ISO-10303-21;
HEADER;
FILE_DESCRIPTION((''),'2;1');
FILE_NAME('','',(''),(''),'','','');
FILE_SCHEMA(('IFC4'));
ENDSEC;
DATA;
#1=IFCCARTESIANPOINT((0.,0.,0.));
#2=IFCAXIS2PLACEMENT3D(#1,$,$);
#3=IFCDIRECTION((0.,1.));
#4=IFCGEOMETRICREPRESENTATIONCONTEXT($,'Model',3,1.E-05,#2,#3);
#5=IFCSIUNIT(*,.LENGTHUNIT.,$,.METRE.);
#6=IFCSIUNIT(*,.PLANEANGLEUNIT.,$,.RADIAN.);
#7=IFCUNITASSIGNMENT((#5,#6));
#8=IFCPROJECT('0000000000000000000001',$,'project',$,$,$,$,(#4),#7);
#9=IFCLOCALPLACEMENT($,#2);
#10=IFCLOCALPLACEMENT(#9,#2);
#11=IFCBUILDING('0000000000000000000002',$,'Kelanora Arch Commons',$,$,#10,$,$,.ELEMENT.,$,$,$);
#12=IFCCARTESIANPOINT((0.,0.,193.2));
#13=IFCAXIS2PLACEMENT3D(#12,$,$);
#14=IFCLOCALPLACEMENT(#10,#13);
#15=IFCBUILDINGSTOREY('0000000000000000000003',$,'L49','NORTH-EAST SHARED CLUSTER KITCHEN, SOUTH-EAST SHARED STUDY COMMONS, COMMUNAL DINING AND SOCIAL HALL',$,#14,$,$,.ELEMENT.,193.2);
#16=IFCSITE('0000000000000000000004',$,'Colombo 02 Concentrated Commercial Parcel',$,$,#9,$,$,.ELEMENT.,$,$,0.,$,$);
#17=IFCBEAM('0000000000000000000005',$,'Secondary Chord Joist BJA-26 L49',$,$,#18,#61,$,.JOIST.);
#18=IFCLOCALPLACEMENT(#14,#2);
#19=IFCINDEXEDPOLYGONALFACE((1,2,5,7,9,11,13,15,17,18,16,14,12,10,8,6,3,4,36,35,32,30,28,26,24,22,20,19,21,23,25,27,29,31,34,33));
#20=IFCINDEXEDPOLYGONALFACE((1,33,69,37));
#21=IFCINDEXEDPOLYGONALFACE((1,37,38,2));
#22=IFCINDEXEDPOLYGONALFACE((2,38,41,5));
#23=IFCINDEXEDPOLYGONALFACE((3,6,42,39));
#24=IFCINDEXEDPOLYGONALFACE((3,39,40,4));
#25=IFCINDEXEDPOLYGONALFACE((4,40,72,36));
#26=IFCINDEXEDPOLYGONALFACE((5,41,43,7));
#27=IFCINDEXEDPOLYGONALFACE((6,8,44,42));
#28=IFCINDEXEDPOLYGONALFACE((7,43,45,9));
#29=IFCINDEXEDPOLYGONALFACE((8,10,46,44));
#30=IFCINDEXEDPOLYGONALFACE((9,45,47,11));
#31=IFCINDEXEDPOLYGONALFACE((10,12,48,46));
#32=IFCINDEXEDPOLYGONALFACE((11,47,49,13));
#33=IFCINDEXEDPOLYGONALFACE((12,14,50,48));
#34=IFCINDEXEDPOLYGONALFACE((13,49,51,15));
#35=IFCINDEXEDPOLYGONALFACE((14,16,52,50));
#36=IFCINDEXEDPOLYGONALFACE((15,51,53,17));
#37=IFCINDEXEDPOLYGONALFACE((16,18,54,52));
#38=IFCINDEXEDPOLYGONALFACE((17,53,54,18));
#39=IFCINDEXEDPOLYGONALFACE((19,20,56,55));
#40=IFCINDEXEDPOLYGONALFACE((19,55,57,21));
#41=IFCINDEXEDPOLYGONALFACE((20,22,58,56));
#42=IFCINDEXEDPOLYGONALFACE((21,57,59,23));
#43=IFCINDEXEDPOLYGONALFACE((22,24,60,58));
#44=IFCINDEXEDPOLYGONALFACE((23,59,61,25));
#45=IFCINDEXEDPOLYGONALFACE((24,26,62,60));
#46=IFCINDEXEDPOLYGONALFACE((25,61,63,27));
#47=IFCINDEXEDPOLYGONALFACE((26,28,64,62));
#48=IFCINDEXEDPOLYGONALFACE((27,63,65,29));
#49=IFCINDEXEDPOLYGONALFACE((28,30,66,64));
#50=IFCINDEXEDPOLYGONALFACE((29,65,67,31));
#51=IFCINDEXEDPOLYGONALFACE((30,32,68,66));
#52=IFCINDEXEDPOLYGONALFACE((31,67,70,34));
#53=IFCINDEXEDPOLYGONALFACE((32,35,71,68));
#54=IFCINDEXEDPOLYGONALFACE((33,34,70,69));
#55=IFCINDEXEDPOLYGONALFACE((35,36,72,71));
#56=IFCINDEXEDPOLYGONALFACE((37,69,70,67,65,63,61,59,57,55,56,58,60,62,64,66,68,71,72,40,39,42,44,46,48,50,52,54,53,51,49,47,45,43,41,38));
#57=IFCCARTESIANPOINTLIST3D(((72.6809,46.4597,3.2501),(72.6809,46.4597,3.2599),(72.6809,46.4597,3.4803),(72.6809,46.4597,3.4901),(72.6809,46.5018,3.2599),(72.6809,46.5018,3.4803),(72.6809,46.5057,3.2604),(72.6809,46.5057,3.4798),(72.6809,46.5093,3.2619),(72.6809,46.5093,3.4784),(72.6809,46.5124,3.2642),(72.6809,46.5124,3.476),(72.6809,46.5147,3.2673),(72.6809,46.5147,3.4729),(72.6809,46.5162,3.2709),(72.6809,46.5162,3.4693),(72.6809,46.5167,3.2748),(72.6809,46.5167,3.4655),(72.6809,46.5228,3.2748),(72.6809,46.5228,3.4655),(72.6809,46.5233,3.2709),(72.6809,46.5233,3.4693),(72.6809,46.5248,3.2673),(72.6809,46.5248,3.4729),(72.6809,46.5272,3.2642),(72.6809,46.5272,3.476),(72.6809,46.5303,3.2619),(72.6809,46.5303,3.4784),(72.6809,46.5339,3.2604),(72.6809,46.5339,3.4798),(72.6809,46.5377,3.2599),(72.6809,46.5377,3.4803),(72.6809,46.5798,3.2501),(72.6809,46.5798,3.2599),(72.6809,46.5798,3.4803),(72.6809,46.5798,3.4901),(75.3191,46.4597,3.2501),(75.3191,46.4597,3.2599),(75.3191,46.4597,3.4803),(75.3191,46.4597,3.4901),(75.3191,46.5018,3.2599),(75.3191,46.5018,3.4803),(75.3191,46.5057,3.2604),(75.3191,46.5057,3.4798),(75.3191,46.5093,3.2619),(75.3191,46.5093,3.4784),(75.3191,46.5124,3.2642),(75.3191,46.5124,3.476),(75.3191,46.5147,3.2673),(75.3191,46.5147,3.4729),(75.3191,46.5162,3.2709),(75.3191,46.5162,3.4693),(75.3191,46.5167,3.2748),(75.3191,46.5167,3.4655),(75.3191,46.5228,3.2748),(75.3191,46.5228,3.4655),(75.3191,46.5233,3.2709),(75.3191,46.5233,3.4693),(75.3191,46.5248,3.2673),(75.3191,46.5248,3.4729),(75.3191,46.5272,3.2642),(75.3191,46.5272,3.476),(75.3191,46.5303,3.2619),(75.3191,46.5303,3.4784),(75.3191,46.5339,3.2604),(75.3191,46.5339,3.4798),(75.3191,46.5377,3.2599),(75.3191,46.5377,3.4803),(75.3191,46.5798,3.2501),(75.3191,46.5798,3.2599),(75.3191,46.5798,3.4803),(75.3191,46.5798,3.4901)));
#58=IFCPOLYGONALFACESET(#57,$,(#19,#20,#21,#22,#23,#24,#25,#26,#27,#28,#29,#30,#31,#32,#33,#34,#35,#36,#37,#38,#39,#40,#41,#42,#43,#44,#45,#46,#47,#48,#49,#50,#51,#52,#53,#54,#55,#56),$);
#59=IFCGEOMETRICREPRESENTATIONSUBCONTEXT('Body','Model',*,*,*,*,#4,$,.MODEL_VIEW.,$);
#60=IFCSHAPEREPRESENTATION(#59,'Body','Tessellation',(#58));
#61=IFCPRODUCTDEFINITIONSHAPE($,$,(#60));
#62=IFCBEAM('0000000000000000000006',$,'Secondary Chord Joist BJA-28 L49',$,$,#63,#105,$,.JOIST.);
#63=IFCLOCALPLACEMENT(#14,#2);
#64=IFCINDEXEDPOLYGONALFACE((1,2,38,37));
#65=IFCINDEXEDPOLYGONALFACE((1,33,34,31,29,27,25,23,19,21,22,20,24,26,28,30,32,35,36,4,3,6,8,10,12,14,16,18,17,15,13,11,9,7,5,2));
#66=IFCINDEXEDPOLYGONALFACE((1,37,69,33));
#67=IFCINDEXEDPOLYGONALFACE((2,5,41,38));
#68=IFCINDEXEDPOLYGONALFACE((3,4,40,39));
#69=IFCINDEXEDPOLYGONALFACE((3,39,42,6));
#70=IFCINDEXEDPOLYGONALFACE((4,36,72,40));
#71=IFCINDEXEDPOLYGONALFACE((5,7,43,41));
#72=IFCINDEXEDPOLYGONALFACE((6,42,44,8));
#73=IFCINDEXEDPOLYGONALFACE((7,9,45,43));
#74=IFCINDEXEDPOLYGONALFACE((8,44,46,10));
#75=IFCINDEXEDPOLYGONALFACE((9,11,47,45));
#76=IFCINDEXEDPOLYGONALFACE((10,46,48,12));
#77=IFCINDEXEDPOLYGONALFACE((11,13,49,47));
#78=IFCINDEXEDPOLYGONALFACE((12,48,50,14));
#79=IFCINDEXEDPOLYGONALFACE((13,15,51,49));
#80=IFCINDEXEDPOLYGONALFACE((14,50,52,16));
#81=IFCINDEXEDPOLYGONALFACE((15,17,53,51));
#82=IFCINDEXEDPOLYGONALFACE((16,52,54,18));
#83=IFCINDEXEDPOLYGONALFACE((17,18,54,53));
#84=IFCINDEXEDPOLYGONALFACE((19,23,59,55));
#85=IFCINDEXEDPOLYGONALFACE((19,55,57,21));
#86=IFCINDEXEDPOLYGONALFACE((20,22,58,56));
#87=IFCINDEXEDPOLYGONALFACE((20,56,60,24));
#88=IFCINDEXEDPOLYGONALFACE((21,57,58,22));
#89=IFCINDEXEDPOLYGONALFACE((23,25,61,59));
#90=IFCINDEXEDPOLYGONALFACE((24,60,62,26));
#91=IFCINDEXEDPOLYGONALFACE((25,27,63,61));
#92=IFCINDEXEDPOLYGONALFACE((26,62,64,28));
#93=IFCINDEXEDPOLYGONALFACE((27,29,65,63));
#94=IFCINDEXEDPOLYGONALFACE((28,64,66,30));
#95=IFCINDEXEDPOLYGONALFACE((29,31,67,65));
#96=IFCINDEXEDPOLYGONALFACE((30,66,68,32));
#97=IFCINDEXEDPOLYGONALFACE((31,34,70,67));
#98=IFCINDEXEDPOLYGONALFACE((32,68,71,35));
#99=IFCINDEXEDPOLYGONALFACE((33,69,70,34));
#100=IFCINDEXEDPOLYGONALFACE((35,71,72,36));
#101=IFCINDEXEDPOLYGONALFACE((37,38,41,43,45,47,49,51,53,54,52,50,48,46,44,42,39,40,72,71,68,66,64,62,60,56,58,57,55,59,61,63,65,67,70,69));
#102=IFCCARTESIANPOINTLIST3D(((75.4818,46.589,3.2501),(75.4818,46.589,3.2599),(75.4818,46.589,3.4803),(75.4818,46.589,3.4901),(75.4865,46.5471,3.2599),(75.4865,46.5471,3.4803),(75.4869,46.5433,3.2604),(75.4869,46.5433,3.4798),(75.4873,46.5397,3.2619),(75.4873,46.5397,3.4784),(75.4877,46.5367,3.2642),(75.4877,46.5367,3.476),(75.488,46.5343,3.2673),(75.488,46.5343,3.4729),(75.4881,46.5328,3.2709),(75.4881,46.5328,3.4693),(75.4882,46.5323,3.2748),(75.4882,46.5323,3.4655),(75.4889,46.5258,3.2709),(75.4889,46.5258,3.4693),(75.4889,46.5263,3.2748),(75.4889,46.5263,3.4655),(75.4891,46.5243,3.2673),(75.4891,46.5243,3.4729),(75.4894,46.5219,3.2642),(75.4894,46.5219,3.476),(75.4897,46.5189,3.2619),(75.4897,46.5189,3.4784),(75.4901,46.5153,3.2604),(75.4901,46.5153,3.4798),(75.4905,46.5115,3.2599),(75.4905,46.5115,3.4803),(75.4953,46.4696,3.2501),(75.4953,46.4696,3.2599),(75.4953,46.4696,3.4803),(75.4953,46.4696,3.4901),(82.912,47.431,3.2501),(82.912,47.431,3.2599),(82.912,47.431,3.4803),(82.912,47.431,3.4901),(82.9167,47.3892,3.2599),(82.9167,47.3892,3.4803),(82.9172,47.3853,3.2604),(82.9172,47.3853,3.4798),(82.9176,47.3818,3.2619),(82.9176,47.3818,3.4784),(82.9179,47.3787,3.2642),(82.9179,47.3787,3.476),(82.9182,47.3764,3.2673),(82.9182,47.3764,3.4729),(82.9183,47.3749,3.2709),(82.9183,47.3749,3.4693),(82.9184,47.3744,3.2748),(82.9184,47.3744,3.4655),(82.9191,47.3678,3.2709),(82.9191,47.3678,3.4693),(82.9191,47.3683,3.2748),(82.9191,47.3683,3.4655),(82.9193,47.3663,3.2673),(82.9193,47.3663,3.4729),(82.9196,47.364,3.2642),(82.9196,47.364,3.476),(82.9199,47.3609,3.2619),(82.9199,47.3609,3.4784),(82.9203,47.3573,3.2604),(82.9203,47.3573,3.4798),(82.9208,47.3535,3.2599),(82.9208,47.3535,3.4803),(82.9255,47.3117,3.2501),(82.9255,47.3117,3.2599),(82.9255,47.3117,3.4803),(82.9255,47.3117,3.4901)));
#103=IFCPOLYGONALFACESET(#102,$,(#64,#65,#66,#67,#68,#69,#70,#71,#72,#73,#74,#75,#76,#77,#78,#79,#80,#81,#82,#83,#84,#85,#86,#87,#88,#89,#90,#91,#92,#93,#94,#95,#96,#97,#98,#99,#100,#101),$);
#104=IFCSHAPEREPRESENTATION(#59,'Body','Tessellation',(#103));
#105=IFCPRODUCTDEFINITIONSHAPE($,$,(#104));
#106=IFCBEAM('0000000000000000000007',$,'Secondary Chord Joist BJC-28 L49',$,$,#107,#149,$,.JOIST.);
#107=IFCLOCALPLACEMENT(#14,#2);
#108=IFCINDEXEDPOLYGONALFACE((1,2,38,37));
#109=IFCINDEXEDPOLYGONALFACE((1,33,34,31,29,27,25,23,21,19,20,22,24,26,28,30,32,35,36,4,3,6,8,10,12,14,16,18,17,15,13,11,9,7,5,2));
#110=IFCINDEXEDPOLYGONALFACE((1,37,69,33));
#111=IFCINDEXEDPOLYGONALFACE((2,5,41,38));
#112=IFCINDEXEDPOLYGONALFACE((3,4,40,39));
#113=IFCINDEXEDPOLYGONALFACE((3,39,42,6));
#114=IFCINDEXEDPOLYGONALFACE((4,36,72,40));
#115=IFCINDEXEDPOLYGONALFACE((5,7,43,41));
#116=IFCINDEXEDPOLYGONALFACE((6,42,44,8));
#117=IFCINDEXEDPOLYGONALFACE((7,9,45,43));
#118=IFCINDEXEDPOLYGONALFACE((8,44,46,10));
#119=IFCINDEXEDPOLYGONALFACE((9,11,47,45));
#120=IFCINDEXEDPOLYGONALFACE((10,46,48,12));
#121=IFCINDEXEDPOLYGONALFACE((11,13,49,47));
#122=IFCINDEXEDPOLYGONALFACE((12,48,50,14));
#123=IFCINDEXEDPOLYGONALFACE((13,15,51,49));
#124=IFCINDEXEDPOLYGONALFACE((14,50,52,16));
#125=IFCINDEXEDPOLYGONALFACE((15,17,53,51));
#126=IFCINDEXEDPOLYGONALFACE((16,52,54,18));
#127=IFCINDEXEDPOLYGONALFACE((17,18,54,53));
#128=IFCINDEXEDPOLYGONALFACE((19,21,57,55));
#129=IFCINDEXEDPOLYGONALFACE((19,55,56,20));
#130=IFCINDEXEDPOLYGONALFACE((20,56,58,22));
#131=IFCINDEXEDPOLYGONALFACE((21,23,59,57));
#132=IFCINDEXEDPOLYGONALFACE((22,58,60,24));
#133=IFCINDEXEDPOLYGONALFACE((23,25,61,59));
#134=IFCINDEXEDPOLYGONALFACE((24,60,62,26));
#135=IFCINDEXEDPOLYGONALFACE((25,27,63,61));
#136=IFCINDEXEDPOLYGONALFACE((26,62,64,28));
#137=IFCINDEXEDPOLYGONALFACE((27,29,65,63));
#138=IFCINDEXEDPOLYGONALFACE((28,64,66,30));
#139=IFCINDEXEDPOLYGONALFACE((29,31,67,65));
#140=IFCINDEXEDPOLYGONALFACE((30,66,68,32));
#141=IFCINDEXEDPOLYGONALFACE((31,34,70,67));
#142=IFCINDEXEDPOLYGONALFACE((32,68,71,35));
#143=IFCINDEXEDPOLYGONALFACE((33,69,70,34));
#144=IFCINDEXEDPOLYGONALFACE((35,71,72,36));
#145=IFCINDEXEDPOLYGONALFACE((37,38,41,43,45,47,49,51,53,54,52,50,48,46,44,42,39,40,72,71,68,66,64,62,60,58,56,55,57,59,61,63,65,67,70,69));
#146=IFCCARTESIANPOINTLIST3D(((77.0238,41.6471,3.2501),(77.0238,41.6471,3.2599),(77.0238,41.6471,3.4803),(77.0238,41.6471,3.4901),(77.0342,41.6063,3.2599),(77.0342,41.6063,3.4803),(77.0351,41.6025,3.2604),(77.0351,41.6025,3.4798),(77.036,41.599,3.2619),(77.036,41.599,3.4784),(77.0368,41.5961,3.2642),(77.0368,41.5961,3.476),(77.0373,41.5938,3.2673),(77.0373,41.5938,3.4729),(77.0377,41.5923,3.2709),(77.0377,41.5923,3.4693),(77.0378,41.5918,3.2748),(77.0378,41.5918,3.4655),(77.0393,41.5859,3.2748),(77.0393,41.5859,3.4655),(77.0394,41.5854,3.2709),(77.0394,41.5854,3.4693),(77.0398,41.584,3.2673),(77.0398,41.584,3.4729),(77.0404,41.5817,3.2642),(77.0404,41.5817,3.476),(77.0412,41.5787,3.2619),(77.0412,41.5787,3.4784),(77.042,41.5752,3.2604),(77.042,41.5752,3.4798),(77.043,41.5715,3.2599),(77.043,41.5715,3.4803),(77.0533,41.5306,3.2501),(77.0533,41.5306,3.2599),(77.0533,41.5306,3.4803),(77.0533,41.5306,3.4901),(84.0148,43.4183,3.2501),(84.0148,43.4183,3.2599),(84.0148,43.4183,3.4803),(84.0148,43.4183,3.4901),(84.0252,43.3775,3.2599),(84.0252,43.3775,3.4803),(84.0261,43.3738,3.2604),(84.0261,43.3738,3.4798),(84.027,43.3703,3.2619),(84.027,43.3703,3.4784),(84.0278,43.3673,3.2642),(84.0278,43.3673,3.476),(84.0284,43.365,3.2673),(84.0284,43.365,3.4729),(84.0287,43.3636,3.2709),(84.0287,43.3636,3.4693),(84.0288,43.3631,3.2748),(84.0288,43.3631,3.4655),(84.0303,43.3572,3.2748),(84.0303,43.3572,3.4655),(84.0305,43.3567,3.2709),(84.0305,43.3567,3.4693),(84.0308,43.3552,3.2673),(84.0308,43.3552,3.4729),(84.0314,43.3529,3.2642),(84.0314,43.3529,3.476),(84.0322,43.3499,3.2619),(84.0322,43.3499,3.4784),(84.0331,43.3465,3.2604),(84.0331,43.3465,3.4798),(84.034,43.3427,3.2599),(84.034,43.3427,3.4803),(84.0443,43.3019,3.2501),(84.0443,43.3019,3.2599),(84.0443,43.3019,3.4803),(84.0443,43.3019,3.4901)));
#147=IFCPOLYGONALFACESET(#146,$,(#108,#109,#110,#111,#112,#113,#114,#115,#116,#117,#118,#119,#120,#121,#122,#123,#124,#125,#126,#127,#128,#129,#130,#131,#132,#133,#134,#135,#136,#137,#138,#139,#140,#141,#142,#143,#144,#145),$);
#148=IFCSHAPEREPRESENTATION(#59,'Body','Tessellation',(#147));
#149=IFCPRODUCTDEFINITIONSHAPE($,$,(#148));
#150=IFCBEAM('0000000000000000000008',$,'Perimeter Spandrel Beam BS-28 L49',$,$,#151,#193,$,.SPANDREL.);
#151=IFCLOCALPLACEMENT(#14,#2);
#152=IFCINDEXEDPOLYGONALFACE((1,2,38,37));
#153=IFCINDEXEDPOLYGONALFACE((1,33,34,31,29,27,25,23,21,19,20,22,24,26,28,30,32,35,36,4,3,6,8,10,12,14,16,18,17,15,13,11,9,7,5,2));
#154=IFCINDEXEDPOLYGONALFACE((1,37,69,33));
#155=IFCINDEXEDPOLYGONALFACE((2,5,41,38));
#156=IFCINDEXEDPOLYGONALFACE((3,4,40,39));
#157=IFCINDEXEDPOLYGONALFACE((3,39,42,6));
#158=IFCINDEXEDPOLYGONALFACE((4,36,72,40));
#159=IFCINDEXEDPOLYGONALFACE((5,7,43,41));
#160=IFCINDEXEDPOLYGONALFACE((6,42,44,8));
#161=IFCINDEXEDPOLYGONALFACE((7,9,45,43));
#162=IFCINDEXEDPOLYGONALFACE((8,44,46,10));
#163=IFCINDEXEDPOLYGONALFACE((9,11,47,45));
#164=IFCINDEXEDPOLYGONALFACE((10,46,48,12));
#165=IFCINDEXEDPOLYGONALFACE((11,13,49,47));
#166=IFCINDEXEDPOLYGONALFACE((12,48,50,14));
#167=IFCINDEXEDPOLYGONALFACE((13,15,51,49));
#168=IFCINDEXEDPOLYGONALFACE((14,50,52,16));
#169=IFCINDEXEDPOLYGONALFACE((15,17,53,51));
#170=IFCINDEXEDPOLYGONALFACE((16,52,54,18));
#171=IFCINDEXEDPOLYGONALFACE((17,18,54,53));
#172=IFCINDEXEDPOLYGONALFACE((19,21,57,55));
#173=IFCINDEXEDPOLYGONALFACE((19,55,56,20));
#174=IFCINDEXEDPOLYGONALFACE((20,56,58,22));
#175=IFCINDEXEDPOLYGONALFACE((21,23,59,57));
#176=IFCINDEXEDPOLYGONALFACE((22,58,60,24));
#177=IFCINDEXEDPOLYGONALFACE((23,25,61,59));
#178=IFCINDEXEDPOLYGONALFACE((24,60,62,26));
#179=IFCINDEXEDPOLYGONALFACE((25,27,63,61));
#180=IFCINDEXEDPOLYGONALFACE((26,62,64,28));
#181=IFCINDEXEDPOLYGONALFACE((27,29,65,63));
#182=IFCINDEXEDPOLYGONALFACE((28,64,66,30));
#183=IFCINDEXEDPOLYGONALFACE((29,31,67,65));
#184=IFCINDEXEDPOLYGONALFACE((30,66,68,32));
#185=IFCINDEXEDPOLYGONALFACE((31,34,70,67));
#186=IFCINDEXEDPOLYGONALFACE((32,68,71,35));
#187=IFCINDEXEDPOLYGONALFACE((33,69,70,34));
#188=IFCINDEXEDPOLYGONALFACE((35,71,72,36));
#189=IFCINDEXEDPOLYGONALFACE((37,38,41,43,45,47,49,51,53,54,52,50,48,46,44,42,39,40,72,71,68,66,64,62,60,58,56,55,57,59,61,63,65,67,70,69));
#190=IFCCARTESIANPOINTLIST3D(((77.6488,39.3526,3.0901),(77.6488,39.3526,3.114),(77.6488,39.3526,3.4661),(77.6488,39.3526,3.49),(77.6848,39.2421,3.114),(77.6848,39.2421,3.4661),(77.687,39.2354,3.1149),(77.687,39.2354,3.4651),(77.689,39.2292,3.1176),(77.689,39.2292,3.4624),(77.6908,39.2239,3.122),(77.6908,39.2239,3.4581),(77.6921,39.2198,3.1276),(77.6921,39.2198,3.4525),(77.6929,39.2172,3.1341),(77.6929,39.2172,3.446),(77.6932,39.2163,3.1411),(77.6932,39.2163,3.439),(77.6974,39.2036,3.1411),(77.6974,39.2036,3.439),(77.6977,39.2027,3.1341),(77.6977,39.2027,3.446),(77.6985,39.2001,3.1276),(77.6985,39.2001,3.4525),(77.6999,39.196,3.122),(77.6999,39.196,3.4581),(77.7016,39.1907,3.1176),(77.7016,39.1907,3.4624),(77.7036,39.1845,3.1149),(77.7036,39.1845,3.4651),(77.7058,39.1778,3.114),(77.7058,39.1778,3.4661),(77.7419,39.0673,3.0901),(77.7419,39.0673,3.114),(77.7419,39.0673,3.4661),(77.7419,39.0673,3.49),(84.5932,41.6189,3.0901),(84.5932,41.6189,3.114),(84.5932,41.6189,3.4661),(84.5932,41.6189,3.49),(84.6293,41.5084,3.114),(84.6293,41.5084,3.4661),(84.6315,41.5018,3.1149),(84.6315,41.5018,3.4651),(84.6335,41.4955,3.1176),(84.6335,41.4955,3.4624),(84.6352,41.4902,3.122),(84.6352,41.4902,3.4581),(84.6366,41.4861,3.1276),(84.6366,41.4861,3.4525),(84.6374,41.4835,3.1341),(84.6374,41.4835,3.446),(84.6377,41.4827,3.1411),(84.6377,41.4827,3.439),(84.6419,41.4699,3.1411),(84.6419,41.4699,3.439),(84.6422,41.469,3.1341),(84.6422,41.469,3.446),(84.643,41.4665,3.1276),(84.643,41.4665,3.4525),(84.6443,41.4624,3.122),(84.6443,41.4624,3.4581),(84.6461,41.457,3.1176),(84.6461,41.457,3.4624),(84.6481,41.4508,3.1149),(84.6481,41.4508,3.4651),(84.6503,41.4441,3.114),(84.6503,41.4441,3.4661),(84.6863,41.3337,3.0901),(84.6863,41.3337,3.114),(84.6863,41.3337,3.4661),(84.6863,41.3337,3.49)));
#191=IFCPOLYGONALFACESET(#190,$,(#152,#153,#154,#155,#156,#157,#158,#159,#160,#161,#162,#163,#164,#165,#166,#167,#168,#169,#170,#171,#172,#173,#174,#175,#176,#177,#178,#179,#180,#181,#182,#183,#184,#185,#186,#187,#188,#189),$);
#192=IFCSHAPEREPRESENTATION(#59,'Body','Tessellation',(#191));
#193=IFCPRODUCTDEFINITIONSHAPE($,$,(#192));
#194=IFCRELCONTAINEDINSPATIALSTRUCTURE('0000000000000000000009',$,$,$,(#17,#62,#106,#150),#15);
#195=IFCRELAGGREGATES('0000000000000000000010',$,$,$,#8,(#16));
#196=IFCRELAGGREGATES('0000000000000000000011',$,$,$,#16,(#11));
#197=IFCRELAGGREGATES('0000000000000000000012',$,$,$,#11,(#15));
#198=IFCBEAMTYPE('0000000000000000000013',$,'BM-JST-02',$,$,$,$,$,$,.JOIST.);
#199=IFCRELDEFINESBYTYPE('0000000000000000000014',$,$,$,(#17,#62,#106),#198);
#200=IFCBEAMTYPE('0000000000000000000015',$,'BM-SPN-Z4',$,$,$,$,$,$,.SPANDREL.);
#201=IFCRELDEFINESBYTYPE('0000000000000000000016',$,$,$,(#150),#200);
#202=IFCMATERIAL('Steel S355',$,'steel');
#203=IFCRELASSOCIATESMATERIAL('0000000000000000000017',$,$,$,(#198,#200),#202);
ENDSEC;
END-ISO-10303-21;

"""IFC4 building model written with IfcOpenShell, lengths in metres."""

from ifc_helpers import new_model, si_unit, direction, frame, origin, origin_2d, place, context, subcontext, project, spatial, i_section, extrude, material, material_profile, profile_set, type_object, element, save


model = new_model("IFC4")

# Units and contexts
model_context = context("Model", 3, precision=1e-05, world=origin(), true_north=direction((0.0, 1.0)))
body_context = subcontext(model_context, "Body", "Model", "MODEL_VIEW")
ifc_project = project(units=[si_unit("LENGTHUNIT", "METRE"), si_unit("PLANEANGLEUNIT", "RADIAN")], contexts=[model_context])

# Site, building, storey
site_placement = place(None, origin())
site = spatial("IfcSite", under=ifc_project, at=site_placement, Name="Colombo 02 Concentrated Commercial Parcel", CompositionType="ELEMENT", RefElevation=0.0)
building_placement = place(site_placement, origin())
building = spatial("IfcBuilding", under=site, at=building_placement, Name="Kelanora Arch Commons", CompositionType="ELEMENT")
storey_placement = place(building_placement, frame((0.0, 0.0, 193.2)))
storey = spatial("IfcBuildingStorey", under=building, at=storey_placement, Name="L49", Description="NORTH-EAST SHARED CLUSTER KITCHEN, SOUTH-EAST SHARED STUDY COMMONS, COMMUNAL DINING AND SOCIAL HALL", CompositionType="ELEMENT", Elevation=193.2)

# Beams
ifc_material_1 = material(Name="Steel S355", Category="steel")
ifc_material_profile_1 = material_profile(ifc_material_1, i_section(OverallWidth=0.1201, OverallDepth=0.24, WebThickness=0.0061, FlangeThickness=0.0098, FilletRadius=0.0149, at=origin_2d()), Name="IPE240")
ifc_profile_set_1 = profile_set([ifc_material_profile_1], Name="Steel S355")
beam_type_1 = type_object("IfcBeamType", Name="BM-JST-02", PredefinedType="JOIST", material=ifc_profile_set_1)
beam_1_placement = place(storey_placement, frame((72.6809, 46.5198, 3.3701), z_axis=(1.0, 0.0, 0.0), x_axis=(0.0, 1.0, 0.0)))
element("IfcBeam", 1, at=beam_1_placement, inside=storey, type_object=beam_type_1, Name="Secondary Chord Joist BJA-26 L49", PredefinedType="JOIST", context=body_context, shape_type="SweptSolid", body=[
    extrude(i_section(OverallWidth=0.1201, OverallDepth=0.24, WebThickness=0.0061, FlangeThickness=0.0098, FilletRadius=0.0149, at=origin_2d()), origin(), (0.0, 0.0, 1.0), 2.6382),
])
beam_2_placement = place(storey_placement, frame((75.4885, 46.5293, 3.3701), z_axis=(0.99364, 0.112606, 0.0), x_axis=(-0.112606, 0.99364, 0.0)))
element("IfcBeam", 2, at=beam_2_placement, inside=storey, type_object=beam_type_1, Name="Secondary Chord Joist BJA-28 L49", PredefinedType="JOIST", context=body_context, shape_type="SweptSolid", body=[
    extrude(i_section(OverallWidth=0.1201, OverallDepth=0.24, WebThickness=0.0061, FlangeThickness=0.0098, FilletRadius=0.0149, at=origin_2d()), origin(), (0.0, 0.0, 1.0), 7.4778),
])
beam_3_placement = place(storey_placement, frame((77.0386, 41.5889, 3.3701), z_axis=(0.969371, 0.245601, 0.0), x_axis=(-0.245601, 0.969371, 0.0)))
element("IfcBeam", 3, at=beam_3_placement, inside=storey, type_object=beam_type_1, Name="Secondary Chord Joist BJC-28 L49", PredefinedType="JOIST", context=body_context, shape_type="SweptSolid", body=[
    extrude(i_section(OverallWidth=0.1201, OverallDepth=0.24, WebThickness=0.0061, FlangeThickness=0.0098, FilletRadius=0.0149, at=origin_2d()), origin(), (0.0, 0.0, 1.0), 7.2119),
])
ifc_material_profile_2 = material_profile(ifc_material_1, i_section(OverallWidth=0.3, OverallDepth=0.3999, WebThickness=0.0134, FlangeThickness=0.0239, FilletRadius=0.0271, at=origin_2d()), Name="HEB400")
ifc_profile_set_2 = profile_set([ifc_material_profile_2], Name="Steel S355")
beam_type_2 = type_object("IfcBeamType", Name="BM-SPN-Z4", PredefinedType="SPANDREL", material=ifc_profile_set_2)
beam_4_placement = place(storey_placement, frame((77.6953, 39.21, 3.29), z_axis=(0.950656, 0.310246, 0.0), x_axis=(-0.310246, 0.950656, 0.0)))
element("IfcBeam", 4, at=beam_4_placement, inside=storey, type_object=beam_type_2, Name="Perimeter Spandrel Beam BS-28 L49", PredefinedType="SPANDREL", context=body_context, shape_type="SweptSolid", body=[
    extrude(i_section(OverallWidth=0.3, OverallDepth=0.3999, WebThickness=0.0134, FlangeThickness=0.0239, FilletRadius=0.0271, at=origin_2d()), origin(), (0.0, 0.0, 1.0), 7.3049),
])

save(model, "model.ifc")
